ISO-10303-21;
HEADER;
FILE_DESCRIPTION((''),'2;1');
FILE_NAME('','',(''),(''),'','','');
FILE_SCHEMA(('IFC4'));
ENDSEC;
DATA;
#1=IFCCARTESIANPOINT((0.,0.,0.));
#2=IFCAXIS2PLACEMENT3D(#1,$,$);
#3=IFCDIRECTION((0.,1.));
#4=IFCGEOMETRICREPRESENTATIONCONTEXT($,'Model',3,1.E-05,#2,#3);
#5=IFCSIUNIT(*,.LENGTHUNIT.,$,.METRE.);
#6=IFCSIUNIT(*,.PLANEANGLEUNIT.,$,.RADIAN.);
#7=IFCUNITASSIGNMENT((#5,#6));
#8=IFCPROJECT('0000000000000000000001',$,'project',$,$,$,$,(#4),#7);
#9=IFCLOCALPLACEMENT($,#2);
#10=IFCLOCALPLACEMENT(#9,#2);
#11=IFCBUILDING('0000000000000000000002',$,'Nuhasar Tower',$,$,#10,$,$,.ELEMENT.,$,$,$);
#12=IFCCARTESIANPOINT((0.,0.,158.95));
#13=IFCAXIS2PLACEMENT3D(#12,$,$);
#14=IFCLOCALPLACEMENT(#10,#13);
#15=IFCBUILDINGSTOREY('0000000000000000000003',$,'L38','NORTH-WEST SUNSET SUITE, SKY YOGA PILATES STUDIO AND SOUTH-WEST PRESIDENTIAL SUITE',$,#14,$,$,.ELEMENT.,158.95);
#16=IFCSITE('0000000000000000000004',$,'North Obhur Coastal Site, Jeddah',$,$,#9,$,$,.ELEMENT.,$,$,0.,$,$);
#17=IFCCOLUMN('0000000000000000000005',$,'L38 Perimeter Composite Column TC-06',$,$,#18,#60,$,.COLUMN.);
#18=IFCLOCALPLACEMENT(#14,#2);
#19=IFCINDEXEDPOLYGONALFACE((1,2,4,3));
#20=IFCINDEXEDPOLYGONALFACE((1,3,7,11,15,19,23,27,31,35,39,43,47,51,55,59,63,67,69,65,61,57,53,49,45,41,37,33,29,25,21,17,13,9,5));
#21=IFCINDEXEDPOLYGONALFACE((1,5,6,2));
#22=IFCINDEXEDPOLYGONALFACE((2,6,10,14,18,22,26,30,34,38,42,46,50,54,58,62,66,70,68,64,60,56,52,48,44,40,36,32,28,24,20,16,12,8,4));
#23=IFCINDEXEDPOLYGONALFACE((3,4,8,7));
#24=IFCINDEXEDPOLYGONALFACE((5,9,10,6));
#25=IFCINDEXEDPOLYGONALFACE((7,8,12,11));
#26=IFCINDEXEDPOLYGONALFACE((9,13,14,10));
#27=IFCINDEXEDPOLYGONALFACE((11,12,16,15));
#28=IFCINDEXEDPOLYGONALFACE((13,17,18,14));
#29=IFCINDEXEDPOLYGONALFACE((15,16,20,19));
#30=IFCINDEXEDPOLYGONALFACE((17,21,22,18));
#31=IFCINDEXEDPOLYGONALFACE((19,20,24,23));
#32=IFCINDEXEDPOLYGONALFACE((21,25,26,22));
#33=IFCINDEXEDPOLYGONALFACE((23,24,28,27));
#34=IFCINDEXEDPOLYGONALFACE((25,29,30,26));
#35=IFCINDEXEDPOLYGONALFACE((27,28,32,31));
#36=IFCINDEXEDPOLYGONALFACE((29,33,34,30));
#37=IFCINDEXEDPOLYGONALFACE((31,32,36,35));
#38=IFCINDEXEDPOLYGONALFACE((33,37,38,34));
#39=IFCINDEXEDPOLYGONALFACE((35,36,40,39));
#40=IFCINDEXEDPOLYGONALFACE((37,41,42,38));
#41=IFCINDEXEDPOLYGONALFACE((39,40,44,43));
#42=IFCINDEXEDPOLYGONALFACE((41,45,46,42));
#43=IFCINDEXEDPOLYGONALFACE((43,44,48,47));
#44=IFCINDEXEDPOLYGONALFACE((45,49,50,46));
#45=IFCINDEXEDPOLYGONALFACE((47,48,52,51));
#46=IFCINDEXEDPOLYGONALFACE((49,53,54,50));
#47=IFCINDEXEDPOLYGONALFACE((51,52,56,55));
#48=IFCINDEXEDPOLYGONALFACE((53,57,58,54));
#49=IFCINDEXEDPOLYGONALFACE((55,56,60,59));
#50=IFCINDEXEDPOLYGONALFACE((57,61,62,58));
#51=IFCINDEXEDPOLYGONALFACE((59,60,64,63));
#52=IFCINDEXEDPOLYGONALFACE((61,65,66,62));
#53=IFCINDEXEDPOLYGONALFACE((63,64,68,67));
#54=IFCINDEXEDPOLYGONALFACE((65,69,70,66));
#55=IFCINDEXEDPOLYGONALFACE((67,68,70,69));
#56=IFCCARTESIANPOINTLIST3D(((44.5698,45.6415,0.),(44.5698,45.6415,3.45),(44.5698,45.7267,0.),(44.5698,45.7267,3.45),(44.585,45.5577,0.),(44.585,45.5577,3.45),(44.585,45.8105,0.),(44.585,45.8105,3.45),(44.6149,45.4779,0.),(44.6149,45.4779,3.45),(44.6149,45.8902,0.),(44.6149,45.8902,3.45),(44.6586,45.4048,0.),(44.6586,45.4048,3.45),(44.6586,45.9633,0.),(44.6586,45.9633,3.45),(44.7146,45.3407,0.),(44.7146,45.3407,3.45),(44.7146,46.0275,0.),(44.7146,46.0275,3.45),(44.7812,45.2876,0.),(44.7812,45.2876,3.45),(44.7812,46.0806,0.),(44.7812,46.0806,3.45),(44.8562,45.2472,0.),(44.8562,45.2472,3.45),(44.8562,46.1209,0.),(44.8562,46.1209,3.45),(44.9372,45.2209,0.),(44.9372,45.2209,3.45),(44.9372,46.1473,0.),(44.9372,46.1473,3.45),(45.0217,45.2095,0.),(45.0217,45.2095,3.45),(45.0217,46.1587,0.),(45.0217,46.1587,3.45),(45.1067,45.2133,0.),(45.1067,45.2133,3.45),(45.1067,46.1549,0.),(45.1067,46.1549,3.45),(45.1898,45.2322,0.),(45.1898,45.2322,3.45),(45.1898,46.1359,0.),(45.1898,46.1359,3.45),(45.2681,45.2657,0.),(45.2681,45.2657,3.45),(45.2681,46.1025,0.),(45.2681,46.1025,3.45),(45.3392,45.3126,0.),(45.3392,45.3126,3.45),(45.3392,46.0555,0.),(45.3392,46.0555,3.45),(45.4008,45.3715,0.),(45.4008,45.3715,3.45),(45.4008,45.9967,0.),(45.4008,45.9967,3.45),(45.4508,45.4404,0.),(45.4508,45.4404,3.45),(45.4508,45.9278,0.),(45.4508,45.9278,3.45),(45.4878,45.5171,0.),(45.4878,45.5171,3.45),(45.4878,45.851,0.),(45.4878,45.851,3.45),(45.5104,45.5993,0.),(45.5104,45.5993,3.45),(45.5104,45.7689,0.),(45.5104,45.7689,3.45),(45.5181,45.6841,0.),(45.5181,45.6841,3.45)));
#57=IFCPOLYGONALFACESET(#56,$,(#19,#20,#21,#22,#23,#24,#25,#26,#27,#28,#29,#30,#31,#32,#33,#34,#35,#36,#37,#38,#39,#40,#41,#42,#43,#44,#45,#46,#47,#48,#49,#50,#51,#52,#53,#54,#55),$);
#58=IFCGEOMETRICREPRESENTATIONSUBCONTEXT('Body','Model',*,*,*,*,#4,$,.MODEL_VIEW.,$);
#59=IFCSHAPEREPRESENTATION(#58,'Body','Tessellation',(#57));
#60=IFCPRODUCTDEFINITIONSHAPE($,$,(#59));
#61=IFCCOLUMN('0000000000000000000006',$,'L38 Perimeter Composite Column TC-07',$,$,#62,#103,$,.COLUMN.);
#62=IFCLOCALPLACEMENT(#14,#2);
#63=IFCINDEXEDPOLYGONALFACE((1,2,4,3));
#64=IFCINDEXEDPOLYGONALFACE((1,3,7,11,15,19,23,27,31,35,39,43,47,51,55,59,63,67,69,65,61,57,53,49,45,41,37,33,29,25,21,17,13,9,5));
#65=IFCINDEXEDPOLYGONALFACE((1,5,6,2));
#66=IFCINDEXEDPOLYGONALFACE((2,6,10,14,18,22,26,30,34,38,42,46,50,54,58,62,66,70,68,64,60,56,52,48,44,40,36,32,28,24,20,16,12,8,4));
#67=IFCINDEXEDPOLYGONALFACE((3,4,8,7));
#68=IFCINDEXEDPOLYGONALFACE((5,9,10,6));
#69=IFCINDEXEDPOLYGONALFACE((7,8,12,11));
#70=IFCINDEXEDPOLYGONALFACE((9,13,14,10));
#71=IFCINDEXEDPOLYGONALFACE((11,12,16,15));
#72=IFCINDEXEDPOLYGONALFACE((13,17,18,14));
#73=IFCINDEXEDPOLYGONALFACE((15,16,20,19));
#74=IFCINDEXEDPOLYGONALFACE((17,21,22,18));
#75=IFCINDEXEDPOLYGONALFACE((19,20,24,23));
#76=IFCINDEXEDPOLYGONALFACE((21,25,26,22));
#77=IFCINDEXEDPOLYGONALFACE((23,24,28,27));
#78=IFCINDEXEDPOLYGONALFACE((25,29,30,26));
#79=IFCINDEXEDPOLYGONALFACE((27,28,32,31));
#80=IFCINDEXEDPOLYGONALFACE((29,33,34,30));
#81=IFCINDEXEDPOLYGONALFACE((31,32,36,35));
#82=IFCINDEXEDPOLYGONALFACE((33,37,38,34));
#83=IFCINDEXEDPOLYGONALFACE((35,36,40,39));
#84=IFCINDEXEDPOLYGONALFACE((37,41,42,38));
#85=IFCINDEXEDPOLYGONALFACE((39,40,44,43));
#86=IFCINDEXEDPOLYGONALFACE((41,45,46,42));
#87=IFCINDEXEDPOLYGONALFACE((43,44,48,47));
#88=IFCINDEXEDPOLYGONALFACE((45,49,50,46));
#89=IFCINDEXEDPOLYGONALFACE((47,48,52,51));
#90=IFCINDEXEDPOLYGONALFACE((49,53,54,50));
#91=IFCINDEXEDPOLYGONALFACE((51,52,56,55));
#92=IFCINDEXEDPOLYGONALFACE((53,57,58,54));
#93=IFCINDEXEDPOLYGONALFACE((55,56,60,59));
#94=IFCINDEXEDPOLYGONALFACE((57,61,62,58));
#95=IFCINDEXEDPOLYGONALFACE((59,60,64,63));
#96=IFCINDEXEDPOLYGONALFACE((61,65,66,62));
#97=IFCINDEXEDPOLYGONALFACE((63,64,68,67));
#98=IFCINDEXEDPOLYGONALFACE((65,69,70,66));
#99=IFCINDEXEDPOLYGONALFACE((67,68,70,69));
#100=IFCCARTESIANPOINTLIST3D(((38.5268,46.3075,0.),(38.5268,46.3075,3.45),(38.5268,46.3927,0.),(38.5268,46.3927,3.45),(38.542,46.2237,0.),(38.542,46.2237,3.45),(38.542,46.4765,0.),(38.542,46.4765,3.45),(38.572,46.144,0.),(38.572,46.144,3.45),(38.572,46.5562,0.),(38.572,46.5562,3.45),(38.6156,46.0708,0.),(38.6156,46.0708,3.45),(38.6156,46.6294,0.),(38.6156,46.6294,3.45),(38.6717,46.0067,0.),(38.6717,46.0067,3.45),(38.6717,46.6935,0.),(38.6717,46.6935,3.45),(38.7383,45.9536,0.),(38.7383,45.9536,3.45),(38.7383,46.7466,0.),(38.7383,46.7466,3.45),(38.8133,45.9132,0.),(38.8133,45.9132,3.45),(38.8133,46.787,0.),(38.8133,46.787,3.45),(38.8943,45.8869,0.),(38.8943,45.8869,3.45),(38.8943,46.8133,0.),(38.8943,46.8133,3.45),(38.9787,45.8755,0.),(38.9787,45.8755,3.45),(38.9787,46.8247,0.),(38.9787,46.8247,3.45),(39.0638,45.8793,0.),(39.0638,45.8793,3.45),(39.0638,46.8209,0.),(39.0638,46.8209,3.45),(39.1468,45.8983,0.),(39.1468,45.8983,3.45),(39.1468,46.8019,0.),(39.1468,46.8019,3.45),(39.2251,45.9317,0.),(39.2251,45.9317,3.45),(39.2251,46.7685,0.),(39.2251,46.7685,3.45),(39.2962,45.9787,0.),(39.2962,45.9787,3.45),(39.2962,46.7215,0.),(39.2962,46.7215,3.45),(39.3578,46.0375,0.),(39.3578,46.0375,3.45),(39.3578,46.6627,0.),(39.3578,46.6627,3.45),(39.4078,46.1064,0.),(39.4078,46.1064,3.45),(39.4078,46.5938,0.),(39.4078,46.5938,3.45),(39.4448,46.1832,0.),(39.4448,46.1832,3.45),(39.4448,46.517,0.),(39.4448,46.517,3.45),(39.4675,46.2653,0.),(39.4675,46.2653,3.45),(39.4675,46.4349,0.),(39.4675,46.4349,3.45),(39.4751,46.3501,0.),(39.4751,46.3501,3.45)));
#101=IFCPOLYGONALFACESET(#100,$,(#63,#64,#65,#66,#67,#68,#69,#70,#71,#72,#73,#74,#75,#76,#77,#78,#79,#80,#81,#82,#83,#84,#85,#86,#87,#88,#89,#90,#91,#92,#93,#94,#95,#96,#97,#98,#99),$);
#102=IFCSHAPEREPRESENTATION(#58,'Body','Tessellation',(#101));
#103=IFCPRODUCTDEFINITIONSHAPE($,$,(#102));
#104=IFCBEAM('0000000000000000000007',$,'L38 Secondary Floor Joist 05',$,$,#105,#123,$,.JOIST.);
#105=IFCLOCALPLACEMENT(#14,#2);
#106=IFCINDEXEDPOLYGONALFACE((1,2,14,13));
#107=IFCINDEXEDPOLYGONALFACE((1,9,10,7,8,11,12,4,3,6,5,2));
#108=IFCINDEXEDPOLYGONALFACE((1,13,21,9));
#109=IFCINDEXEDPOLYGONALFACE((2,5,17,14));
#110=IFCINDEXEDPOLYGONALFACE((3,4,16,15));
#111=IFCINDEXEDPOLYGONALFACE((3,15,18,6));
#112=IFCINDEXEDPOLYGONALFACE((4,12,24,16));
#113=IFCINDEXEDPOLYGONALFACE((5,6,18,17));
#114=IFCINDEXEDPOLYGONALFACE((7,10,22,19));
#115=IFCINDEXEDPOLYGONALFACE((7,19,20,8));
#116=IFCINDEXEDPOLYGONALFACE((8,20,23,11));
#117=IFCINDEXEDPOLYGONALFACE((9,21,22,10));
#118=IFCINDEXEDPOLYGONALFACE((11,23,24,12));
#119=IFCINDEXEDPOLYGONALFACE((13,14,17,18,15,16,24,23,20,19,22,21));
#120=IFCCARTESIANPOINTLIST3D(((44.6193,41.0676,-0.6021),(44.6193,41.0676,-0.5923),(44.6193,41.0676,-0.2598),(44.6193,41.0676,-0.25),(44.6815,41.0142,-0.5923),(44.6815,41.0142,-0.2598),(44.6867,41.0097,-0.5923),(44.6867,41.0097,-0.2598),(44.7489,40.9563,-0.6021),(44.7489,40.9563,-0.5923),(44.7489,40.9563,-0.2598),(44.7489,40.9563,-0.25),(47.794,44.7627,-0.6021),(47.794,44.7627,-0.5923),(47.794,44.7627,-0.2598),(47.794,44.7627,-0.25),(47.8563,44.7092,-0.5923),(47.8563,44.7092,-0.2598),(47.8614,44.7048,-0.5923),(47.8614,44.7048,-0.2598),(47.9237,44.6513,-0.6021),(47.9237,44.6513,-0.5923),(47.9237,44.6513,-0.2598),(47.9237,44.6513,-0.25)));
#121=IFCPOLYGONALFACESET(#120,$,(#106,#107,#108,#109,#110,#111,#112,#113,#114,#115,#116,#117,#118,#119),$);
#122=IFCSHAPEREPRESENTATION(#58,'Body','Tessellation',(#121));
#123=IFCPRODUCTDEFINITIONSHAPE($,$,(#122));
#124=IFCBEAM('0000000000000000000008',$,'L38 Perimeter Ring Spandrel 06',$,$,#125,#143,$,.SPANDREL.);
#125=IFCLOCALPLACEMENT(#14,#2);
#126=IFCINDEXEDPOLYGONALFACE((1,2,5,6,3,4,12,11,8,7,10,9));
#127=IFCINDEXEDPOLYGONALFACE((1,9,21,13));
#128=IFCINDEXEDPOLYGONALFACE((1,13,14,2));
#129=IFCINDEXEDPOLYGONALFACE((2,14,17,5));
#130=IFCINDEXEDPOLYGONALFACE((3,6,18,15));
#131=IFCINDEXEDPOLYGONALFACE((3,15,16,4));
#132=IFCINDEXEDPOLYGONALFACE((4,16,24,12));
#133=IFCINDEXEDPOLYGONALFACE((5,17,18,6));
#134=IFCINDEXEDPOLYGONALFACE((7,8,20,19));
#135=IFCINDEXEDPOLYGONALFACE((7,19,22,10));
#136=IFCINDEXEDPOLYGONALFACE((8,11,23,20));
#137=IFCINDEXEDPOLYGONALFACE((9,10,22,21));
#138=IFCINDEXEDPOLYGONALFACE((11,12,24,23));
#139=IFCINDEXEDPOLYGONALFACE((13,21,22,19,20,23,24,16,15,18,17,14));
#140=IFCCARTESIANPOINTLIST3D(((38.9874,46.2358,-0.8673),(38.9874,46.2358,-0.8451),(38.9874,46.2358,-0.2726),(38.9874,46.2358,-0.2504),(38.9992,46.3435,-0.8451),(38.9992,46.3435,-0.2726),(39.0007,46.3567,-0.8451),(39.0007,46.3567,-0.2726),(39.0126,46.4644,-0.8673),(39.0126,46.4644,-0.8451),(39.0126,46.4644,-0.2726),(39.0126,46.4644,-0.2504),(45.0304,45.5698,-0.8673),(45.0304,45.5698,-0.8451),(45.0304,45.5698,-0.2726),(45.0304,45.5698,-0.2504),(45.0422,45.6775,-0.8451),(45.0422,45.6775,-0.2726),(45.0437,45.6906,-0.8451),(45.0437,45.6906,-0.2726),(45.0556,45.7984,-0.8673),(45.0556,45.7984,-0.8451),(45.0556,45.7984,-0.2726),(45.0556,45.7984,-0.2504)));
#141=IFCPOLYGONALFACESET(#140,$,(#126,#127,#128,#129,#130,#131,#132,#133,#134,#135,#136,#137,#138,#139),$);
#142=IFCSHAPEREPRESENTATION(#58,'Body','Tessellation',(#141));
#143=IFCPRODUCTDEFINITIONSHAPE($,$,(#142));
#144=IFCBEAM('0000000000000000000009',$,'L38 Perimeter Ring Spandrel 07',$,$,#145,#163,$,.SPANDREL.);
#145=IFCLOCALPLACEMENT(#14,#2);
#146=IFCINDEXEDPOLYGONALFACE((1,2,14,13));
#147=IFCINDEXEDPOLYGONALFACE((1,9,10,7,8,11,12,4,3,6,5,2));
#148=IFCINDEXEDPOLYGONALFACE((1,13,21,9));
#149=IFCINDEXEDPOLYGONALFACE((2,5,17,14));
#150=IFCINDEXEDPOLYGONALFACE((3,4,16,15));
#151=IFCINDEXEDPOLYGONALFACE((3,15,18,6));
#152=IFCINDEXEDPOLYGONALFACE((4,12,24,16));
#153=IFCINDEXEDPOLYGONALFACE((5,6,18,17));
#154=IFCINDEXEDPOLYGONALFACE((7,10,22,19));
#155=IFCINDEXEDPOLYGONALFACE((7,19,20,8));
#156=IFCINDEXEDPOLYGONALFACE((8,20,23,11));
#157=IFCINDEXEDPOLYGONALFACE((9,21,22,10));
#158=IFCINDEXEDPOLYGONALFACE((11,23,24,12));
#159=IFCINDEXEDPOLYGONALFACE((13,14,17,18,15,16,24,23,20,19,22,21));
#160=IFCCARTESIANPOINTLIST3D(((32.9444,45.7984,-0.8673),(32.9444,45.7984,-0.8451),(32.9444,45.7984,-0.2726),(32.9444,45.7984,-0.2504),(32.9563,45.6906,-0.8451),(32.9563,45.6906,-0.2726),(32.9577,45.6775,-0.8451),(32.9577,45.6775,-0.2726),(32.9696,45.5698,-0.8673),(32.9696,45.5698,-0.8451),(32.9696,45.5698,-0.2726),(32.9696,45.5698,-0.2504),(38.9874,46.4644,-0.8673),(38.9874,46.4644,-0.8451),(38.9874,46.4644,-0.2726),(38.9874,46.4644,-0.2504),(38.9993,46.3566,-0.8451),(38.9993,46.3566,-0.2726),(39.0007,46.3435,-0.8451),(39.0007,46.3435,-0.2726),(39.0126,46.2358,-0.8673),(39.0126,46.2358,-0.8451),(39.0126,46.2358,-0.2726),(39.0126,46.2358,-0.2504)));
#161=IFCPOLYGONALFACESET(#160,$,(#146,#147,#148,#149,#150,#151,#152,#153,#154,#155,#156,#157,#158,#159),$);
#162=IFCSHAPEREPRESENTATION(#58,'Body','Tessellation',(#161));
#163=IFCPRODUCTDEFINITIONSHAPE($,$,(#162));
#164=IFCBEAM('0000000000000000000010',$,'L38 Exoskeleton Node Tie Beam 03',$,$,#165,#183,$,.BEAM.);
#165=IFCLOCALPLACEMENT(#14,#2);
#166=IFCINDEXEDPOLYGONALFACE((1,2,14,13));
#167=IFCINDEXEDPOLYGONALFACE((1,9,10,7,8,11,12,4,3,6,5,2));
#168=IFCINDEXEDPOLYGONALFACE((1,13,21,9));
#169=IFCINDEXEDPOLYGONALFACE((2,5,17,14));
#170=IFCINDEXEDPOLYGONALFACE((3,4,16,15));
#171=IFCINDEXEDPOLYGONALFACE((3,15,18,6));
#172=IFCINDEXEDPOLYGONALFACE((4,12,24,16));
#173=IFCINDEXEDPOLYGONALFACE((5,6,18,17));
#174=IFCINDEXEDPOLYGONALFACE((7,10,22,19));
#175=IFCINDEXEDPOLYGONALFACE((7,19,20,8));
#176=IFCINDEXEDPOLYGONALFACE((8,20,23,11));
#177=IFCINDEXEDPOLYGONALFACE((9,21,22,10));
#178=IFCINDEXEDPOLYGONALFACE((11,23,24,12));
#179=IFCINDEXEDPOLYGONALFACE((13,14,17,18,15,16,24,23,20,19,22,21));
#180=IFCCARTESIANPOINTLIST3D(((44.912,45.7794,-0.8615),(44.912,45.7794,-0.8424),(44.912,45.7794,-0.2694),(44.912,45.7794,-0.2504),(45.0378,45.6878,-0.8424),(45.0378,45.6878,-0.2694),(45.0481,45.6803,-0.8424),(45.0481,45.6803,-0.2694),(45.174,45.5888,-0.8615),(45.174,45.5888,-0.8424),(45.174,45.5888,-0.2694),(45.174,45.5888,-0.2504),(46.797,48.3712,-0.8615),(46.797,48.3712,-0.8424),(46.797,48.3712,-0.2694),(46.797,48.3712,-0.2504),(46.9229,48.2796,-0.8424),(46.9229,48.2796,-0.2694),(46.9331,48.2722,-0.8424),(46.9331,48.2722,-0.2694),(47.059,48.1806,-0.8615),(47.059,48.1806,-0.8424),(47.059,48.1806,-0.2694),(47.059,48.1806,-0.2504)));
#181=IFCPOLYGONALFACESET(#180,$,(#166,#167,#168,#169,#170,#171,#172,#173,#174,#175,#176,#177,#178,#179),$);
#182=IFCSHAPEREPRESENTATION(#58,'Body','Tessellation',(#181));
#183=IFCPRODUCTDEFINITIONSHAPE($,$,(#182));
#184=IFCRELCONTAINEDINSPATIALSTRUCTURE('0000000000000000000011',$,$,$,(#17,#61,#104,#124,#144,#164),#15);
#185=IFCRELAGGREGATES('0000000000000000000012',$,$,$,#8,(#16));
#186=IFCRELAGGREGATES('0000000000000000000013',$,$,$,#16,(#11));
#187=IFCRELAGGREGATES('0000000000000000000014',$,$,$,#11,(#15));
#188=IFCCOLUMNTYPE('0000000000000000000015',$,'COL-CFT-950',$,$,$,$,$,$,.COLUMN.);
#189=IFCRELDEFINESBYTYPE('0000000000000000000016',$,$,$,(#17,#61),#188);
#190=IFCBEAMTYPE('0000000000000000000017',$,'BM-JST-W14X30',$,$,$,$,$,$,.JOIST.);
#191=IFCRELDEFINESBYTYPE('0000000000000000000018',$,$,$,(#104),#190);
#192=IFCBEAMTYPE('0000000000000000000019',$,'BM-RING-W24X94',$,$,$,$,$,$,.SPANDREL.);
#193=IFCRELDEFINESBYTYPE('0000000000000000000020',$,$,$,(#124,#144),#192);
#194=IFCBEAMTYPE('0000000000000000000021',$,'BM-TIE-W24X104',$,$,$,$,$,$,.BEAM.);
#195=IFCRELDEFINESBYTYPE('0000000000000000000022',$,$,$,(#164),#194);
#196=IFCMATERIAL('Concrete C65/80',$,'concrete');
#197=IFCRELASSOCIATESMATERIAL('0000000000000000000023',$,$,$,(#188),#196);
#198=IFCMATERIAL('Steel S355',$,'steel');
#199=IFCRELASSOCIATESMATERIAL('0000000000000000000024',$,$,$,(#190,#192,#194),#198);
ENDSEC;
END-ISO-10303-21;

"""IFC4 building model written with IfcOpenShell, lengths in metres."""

from ifc_helpers import new_model, si_unit, direction, frame, origin, origin_2d, place, context, subcontext, project, spatial, circle, i_section, extrude, material, material_profile, profile_set, type_object, element, save


model = new_model("IFC4")

# Units and contexts
model_context = context("Model", 3, precision=1e-05, world=origin(), true_north=direction((0.0, 1.0)))
body_context = subcontext(model_context, "Body", "Model", "MODEL_VIEW")
ifc_project = project(units=[si_unit("LENGTHUNIT", "METRE"), si_unit("PLANEANGLEUNIT", "RADIAN")], contexts=[model_context])

# Site, building, storey
site_placement = place(None, origin())
site = spatial("IfcSite", under=ifc_project, at=site_placement, Name="North Obhur Coastal Site, Jeddah", CompositionType="ELEMENT", RefElevation=0.0)
building_placement = place(site_placement, origin())
building = spatial("IfcBuilding", under=site, at=building_placement, Name="Nuhasar Tower", CompositionType="ELEMENT")
storey_placement = place(building_placement, frame((0.0, 0.0, 158.95)))
storey = spatial("IfcBuildingStorey", under=building, at=storey_placement, Name="L38", Description="NORTH-WEST SUNSET SUITE, SKY YOGA PILATES STUDIO AND SOUTH-WEST PRESIDENTIAL SUITE", CompositionType="ELEMENT", Elevation=158.95)

# Columns
ifc_material_1 = material(Name="Concrete C65/80", Category="concrete")
ifc_material_profile_1 = material_profile(ifc_material_1, circle(Radius=0.4751, at=origin_2d()), Name="CFT950")
ifc_profile_set_1 = profile_set([ifc_material_profile_1], Name="Concrete C65/80")
column_type = type_object("IfcColumnType", Name="COL-CFT-950", PredefinedType="COLUMN", material=ifc_profile_set_1)
for number, where, z_axis, x_axis, name in (
    (1, (45.043, 45.6841, 0.0), (0.0, 0.0, 1.0), (1.0, 0.0, 0.0), "L38 Perimeter Composite Column TC-06"),
    (2, (39.0, 46.3501, 0.0), (0.0, 0.0, 1.0), (1.0, 0.0, 0.0), "L38 Perimeter Composite Column TC-07"),
):
    element("IfcColumn", number, at=place(storey_placement, frame(where, z_axis=z_axis, x_axis=x_axis)), inside=storey, type_object=column_type, Name=name, PredefinedType="COLUMN", context=body_context, shape_type="SweptSolid", body=[
        extrude(circle(Radius=0.4751, at=origin_2d()), origin(), (0.0, 0.0, 1.0), 3.45),
    ])

# Beams
ifc_material_2 = material(Name="Steel S355", Category="steel")
ifc_material_profile_2 = material_profile(ifc_material_2, i_section(OverallWidth=0.1709, OverallDepth=0.3521, WebThickness=0.0068, FlangeThickness=0.0098, at=origin_2d()), Name="W14X30")
ifc_profile_set_2 = profile_set([ifc_material_profile_2], Name="Steel S355")
beam_type_1 = type_object("IfcBeamType", Name="BM-JST-W14X30", PredefinedType="JOIST", material=ifc_profile_set_2)
beam_1_placement = place(storey_placement, frame((44.6841, 41.012, -0.426), z_axis=(0.651691, 0.758485, 0.0), x_axis=(-0.758485, 0.651691, 0.0)))
element("IfcBeam", 3, at=beam_1_placement, inside=storey, type_object=beam_type_1, Name="L38 Secondary Floor Joist 05", PredefinedType="JOIST", context=body_context, shape_type="SweptSolid", body=[
    extrude(i_section(OverallWidth=0.1709, OverallDepth=0.3521, WebThickness=0.0068, FlangeThickness=0.0098, at=origin_2d()), origin(), (0.0, 0.0, 1.0), 4.8716),
])
ifc_material_profile_3 = material_profile(ifc_material_2, i_section(OverallWidth=0.23, OverallDepth=0.6169, WebThickness=0.0132, FlangeThickness=0.0222, at=origin_2d()), Name="W24X94")
ifc_profile_set_3 = profile_set([ifc_material_profile_3], Name="Steel S355")
beam_type_2 = type_object("IfcBeamType", Name="BM-RING-W24X94", PredefinedType="SPANDREL", material=ifc_profile_set_3)
for number, where, z_axis, x_axis, name in (
    (4, (45.043, 45.6841, -0.5588), (-0.993981, 0.10955, 0.0), (-0.10955, -0.993981, 0.0), "L38 Perimeter Ring Spandrel 06"),
    (5, (39.0, 46.3501, -0.5588), (-0.993981, -0.10955, 0.0), (0.10955, -0.993981, 0.0), "L38 Perimeter Ring Spandrel 07"),
):
    element("IfcBeam", number, at=place(storey_placement, frame(where, z_axis=z_axis, x_axis=x_axis)), inside=storey, type_object=beam_type_2, Name=name, PredefinedType="SPANDREL", context=body_context, shape_type="SweptSolid", body=[
        extrude(i_section(OverallWidth=0.23, OverallDepth=0.6169, WebThickness=0.0132, FlangeThickness=0.0222, at=origin_2d()), origin(), (0.0, 0.0, 1.0), 6.0796),
    ])
ifc_material_profile_4 = material_profile(ifc_material_2, i_section(OverallWidth=0.324, OverallDepth=0.6111, WebThickness=0.0127, FlangeThickness=0.019, at=origin_2d()), Name="W24X104")
ifc_profile_set_4 = profile_set([ifc_material_profile_4], Name="Steel S355")
beam_type_3 = type_object("IfcBeamType", Name="BM-TIE-W24X104", PredefinedType="BEAM", material=ifc_profile_set_4)
beam_2_placement = place(storey_placement, frame((45.043, 45.6841, -0.5559), z_axis=(0.588185, 0.808726, 0.0), x_axis=(-0.808726, 0.588185, 0.0)))
element("IfcBeam", 6, at=beam_2_placement, inside=storey, type_object=beam_type_3, Name="L38 Exoskeleton Node Tie Beam 03", PredefinedType="BEAM", context=body_context, shape_type="SweptSolid", body=[
    extrude(i_section(OverallWidth=0.324, OverallDepth=0.6111, WebThickness=0.0127, FlangeThickness=0.019, at=origin_2d()), origin(), (0.0, 0.0, 1.0), 3.2048),
])

save(model, "model.ifc")
